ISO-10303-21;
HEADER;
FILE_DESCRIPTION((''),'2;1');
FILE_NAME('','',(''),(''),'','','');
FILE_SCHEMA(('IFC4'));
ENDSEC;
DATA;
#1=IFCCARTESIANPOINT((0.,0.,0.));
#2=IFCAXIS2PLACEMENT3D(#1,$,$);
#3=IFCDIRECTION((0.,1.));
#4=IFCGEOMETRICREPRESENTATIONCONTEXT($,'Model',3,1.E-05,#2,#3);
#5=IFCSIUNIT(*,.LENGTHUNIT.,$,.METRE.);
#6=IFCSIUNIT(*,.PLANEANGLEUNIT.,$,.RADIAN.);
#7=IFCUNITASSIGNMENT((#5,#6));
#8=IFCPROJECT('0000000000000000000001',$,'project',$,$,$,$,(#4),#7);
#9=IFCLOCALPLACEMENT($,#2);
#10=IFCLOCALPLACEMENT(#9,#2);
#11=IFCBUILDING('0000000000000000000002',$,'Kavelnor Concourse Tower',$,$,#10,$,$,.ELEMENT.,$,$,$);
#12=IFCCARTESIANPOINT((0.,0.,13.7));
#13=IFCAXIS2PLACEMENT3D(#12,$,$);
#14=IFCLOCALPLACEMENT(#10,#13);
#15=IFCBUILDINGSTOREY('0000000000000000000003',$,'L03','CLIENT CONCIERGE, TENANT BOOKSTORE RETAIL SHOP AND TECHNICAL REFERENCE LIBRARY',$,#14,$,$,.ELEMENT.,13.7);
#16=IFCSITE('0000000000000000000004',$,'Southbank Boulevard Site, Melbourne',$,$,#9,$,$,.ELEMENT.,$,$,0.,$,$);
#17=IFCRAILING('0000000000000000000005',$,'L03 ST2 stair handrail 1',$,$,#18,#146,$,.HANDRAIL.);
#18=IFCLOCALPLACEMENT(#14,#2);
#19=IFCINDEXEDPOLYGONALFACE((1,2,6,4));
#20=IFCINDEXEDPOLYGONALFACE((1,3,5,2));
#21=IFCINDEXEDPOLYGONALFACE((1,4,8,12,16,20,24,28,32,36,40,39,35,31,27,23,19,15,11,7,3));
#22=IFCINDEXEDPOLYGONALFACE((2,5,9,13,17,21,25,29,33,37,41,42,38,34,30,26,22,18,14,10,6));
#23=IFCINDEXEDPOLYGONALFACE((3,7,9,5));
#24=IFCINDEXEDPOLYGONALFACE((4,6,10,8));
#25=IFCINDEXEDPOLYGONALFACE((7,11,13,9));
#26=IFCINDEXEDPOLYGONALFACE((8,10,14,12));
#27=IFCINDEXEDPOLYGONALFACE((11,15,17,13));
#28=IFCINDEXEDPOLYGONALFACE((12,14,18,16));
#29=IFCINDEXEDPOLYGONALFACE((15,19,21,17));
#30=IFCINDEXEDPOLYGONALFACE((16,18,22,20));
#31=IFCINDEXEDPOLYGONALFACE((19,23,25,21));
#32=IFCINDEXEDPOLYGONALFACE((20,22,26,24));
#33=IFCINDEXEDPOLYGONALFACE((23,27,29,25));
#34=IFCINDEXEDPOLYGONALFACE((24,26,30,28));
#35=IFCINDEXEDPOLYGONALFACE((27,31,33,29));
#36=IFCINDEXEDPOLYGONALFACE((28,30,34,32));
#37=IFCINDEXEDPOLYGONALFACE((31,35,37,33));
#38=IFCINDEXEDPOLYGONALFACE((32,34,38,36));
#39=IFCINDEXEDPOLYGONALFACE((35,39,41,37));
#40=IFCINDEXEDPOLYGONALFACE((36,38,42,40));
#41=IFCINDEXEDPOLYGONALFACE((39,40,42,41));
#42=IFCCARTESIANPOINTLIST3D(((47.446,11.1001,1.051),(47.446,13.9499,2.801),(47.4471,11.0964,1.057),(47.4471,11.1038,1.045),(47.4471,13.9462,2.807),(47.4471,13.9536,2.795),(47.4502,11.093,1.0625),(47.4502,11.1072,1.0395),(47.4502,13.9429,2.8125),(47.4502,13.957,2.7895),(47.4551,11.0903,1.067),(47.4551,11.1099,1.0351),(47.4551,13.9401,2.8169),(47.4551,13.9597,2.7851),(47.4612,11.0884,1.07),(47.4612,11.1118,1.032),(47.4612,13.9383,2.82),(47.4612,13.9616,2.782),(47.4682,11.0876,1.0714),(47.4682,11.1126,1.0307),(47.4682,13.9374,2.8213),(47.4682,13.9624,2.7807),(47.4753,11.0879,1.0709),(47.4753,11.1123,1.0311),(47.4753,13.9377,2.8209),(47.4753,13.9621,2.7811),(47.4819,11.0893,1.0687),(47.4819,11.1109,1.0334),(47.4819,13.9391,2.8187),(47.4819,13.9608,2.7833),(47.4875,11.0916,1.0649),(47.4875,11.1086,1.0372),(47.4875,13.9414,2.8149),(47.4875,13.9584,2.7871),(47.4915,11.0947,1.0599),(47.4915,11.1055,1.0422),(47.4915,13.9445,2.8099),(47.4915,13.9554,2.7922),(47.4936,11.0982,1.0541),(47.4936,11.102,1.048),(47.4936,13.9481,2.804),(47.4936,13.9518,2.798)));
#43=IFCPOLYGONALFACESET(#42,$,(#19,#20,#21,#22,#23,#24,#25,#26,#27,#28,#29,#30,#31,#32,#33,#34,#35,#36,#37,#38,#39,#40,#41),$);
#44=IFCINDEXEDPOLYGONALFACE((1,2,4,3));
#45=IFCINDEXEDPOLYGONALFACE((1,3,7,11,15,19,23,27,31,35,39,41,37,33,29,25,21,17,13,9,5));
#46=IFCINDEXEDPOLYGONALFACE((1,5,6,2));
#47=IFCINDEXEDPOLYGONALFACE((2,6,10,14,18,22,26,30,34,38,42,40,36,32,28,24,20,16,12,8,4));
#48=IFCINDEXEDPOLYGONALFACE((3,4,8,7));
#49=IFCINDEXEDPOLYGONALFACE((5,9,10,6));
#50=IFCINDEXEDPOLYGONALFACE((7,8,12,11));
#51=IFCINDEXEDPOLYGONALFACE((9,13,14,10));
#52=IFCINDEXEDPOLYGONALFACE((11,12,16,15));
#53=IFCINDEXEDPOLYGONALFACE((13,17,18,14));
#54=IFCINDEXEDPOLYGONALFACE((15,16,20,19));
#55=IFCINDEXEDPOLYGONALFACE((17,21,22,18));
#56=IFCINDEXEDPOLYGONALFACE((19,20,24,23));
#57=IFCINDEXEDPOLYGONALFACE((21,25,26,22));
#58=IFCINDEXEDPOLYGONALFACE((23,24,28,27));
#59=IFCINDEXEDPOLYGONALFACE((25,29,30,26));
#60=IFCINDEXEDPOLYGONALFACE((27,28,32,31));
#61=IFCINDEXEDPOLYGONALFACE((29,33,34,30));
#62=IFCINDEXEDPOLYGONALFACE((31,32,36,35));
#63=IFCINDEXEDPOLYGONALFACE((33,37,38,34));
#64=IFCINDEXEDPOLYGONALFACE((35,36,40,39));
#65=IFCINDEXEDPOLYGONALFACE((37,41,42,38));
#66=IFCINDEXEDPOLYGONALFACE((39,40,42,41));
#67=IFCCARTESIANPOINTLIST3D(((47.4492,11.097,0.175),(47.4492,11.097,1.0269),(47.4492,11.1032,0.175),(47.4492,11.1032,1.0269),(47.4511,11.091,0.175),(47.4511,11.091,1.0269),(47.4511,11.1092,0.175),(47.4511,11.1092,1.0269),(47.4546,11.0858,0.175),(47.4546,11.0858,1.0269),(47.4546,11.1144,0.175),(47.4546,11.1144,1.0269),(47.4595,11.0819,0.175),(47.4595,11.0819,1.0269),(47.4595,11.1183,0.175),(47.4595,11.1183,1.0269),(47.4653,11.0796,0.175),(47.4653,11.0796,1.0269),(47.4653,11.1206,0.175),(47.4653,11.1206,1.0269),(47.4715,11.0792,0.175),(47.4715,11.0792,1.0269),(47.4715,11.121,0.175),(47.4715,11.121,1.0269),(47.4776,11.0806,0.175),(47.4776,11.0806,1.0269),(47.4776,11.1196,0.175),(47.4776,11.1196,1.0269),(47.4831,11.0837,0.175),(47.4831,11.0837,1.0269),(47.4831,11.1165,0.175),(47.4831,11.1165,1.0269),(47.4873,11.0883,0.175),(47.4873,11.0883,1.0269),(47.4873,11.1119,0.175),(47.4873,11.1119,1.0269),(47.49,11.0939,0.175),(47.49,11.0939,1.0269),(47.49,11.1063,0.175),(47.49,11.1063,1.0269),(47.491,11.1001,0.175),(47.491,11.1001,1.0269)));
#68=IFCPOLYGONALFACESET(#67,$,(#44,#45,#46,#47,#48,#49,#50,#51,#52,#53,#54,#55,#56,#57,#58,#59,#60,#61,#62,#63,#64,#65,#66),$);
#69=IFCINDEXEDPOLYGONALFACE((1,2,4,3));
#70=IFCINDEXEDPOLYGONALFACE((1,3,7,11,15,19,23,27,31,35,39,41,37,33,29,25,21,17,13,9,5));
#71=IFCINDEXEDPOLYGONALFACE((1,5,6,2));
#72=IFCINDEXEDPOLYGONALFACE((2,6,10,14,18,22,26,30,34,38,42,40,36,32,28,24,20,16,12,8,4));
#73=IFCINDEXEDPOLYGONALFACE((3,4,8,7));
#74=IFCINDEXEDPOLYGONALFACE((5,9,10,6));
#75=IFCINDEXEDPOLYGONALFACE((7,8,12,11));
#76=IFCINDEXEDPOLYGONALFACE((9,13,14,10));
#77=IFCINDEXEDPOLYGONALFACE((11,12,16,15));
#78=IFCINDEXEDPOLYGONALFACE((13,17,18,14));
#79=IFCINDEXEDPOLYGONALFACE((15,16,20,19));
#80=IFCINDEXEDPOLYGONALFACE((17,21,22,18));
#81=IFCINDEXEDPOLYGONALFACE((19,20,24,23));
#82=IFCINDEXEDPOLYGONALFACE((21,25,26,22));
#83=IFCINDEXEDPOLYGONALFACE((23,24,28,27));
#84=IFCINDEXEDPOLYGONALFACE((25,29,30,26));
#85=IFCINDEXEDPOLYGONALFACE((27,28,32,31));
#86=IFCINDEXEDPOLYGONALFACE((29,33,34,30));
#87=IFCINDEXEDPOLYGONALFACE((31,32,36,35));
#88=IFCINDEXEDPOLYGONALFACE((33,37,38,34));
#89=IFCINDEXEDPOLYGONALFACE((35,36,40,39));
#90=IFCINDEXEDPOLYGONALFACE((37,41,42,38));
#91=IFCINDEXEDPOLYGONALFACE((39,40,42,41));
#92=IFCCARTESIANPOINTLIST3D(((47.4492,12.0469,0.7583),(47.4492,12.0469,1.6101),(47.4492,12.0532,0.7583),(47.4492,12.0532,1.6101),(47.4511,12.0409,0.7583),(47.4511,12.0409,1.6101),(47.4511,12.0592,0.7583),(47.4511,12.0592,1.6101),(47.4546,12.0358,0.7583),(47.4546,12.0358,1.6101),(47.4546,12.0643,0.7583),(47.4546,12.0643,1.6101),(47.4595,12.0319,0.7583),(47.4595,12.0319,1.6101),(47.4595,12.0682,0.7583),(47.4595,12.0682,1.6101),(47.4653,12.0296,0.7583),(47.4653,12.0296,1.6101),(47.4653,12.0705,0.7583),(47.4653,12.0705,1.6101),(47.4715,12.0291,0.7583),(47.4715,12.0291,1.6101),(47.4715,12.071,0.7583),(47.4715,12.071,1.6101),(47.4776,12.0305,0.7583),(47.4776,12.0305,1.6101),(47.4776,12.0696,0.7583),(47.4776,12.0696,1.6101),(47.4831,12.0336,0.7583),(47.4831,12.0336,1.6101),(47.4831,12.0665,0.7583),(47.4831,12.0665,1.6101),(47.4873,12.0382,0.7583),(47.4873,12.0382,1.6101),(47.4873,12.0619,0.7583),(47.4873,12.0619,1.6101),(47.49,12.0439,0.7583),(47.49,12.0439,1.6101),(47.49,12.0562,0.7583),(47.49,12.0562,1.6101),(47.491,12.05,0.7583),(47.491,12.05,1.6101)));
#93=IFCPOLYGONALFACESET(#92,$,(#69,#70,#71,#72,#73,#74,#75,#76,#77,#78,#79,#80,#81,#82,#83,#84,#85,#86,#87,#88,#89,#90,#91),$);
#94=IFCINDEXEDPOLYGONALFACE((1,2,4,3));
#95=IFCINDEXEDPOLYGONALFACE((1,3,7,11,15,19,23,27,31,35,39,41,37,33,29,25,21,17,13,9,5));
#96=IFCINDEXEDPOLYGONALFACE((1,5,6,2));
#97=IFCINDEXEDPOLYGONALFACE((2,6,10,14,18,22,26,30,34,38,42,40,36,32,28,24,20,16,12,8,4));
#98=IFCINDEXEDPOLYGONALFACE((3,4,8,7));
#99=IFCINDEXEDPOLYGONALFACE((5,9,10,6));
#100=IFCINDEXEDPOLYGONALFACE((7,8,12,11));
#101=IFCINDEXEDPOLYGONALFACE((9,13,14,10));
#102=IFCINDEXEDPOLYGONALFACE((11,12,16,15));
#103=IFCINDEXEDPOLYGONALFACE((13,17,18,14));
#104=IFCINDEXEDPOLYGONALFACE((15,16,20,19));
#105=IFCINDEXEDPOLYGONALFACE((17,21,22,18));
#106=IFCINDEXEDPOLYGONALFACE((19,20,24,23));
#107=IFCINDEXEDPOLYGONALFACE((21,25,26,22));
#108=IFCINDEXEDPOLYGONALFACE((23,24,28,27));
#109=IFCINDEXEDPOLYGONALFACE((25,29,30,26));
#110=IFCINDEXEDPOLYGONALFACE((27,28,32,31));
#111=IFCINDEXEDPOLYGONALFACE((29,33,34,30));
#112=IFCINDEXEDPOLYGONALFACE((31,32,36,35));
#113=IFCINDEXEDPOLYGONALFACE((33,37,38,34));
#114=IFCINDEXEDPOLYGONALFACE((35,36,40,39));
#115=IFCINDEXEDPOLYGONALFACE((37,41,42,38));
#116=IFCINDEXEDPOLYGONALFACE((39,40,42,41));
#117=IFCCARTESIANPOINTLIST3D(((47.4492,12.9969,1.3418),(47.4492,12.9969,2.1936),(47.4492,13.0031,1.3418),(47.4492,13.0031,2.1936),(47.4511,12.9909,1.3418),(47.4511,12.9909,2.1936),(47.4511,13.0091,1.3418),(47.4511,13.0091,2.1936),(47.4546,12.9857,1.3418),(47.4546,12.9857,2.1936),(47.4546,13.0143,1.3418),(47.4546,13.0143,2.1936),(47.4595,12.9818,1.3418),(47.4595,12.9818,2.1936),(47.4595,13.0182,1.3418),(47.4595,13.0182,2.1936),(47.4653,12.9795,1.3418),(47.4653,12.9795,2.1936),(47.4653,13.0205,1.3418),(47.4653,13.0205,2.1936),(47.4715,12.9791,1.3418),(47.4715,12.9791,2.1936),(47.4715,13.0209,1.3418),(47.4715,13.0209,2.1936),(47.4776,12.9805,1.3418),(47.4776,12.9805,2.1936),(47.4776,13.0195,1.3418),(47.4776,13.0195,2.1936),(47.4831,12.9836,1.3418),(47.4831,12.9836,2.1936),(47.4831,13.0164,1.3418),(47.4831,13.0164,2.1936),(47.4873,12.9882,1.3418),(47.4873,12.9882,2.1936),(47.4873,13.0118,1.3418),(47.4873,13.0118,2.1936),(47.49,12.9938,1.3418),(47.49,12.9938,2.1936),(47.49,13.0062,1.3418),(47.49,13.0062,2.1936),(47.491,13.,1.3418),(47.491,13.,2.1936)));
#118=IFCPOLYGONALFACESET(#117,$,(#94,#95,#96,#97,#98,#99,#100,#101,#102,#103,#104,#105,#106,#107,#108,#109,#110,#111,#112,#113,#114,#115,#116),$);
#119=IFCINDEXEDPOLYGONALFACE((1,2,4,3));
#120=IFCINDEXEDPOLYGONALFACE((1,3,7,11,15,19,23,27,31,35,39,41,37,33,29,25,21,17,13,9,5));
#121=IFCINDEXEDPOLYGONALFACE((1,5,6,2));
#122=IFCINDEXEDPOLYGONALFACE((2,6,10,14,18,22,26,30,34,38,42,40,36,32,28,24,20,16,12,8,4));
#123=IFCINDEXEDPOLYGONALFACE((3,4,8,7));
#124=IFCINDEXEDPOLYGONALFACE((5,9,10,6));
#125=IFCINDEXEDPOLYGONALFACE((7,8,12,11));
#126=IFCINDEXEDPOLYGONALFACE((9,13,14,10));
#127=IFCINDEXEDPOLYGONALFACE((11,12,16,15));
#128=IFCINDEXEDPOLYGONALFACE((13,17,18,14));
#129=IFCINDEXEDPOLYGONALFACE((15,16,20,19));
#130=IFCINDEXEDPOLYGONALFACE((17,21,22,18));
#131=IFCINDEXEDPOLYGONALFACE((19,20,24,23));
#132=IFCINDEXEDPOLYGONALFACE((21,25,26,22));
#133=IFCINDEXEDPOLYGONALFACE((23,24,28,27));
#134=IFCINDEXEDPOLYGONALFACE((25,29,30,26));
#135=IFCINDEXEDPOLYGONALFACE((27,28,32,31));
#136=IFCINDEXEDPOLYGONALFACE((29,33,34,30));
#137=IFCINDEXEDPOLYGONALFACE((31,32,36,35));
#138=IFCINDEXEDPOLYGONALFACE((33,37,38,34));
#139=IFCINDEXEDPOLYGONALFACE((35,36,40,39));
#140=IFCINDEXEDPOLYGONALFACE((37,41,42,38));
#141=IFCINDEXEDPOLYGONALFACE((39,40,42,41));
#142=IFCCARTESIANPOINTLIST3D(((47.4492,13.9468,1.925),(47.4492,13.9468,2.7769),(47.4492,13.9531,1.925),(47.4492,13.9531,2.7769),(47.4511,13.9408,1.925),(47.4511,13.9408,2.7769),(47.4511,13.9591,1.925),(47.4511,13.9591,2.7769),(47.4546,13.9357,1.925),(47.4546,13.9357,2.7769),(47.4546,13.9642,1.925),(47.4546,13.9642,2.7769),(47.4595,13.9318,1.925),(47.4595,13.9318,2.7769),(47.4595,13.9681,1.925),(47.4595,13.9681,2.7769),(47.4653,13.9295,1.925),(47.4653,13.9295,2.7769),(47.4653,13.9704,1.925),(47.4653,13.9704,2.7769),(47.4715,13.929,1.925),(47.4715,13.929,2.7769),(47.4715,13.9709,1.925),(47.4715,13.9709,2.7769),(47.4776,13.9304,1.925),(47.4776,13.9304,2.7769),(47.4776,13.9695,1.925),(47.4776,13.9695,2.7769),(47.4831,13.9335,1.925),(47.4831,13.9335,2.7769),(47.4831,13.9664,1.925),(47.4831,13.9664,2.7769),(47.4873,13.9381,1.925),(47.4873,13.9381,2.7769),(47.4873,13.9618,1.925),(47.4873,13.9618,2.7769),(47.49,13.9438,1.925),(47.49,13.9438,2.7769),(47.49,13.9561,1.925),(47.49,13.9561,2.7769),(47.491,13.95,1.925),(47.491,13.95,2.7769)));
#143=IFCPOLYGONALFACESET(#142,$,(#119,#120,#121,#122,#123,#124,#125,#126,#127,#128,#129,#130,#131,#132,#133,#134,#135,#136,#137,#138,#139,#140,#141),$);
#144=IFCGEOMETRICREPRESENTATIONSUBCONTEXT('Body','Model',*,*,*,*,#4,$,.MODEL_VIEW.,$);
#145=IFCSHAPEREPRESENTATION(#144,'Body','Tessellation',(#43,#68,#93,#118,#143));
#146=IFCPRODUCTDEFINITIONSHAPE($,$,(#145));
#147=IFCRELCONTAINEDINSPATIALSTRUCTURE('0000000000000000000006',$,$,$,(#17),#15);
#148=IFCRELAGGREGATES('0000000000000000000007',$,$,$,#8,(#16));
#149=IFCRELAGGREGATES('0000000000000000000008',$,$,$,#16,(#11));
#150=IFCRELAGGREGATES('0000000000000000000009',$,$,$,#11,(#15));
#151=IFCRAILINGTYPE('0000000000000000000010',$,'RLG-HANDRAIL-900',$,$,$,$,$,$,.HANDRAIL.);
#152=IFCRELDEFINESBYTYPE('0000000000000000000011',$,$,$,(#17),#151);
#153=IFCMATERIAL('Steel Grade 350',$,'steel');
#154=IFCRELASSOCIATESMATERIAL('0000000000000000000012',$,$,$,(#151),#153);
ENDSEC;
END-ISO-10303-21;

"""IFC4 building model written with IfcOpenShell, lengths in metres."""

from ifc_helpers import new_model, si_unit, direction, frame, origin, origin_2d, place, context, subcontext, project, spatial, circle, extrude, material, type_object, element, save


model = new_model("IFC4")

# Units and contexts
model_context = context("Model", 3, precision=1e-05, world=origin(), true_north=direction((0.0, 1.0)))
body_context = subcontext(model_context, "Body", "Model", "MODEL_VIEW")
ifc_project = project(units=[si_unit("LENGTHUNIT", "METRE"), si_unit("PLANEANGLEUNIT", "RADIAN")], contexts=[model_context])

# Site, building, storey
site_placement = place(None, origin())
site = spatial("IfcSite", under=ifc_project, at=site_placement, Name="Southbank Boulevard Site, Melbourne", CompositionType="ELEMENT", RefElevation=0.0)
building_placement = place(site_placement, origin())
building = spatial("IfcBuilding", under=site, at=building_placement, Name="Kavelnor Concourse Tower", CompositionType="ELEMENT")
storey_placement = place(building_placement, frame((0.0, 0.0, 13.7)))
storey = spatial("IfcBuildingStorey", under=building, at=storey_placement, Name="L03", Description="CLIENT CONCIERGE, TENANT BOOKSTORE RETAIL SHOP AND TECHNICAL REFERENCE LIBRARY", CompositionType="ELEMENT", Elevation=13.7)

# Shared definitions
ifc_material_1 = material(Name="Steel Grade 350", Category="steel")

# Railing
railing_type_1 = type_object("IfcRailingType", Name="RLG-HANDRAIL-900", PredefinedType="HANDRAIL", material=ifc_material_1)
railing_1_placement = place(storey_placement, frame((47.47, 11.1001, 0.175)))
element("IfcRailing", 1, at=railing_1_placement, inside=storey, type_object=railing_type_1, Name="L03 ST2 stair handrail 1", PredefinedType="HANDRAIL", context=body_context, shape_type="SweptSolid", body=[
    extrude(circle(Radius=0.0239, at=origin_2d()), frame((0.0, 0.0, 0.876), z_axis=(0.0, 0.852159, 0.523283), x_axis=(-1.0, 0.0, 0.0)), (0.0, 0.0, 1.0), 3.3442),
    extrude(circle(Radius=0.021, at=origin_2d()), origin(), (0.0, 0.0, 1.0), 0.8518),
    extrude(circle(Radius=0.021, at=origin_2d()), frame((0.0, 0.95, 0.5833)), (0.0, 0.0, 1.0), 0.8518),
    extrude(circle(Radius=0.021, at=origin_2d()), frame((0.0, 1.8999, 1.1667)), (0.0, 0.0, 1.0), 0.8518),
    extrude(circle(Radius=0.021, at=origin_2d()), frame((0.0, 2.8499, 1.75)), (0.0, 0.0, 1.0), 0.8518),
])

save(model, "model.ifc")
